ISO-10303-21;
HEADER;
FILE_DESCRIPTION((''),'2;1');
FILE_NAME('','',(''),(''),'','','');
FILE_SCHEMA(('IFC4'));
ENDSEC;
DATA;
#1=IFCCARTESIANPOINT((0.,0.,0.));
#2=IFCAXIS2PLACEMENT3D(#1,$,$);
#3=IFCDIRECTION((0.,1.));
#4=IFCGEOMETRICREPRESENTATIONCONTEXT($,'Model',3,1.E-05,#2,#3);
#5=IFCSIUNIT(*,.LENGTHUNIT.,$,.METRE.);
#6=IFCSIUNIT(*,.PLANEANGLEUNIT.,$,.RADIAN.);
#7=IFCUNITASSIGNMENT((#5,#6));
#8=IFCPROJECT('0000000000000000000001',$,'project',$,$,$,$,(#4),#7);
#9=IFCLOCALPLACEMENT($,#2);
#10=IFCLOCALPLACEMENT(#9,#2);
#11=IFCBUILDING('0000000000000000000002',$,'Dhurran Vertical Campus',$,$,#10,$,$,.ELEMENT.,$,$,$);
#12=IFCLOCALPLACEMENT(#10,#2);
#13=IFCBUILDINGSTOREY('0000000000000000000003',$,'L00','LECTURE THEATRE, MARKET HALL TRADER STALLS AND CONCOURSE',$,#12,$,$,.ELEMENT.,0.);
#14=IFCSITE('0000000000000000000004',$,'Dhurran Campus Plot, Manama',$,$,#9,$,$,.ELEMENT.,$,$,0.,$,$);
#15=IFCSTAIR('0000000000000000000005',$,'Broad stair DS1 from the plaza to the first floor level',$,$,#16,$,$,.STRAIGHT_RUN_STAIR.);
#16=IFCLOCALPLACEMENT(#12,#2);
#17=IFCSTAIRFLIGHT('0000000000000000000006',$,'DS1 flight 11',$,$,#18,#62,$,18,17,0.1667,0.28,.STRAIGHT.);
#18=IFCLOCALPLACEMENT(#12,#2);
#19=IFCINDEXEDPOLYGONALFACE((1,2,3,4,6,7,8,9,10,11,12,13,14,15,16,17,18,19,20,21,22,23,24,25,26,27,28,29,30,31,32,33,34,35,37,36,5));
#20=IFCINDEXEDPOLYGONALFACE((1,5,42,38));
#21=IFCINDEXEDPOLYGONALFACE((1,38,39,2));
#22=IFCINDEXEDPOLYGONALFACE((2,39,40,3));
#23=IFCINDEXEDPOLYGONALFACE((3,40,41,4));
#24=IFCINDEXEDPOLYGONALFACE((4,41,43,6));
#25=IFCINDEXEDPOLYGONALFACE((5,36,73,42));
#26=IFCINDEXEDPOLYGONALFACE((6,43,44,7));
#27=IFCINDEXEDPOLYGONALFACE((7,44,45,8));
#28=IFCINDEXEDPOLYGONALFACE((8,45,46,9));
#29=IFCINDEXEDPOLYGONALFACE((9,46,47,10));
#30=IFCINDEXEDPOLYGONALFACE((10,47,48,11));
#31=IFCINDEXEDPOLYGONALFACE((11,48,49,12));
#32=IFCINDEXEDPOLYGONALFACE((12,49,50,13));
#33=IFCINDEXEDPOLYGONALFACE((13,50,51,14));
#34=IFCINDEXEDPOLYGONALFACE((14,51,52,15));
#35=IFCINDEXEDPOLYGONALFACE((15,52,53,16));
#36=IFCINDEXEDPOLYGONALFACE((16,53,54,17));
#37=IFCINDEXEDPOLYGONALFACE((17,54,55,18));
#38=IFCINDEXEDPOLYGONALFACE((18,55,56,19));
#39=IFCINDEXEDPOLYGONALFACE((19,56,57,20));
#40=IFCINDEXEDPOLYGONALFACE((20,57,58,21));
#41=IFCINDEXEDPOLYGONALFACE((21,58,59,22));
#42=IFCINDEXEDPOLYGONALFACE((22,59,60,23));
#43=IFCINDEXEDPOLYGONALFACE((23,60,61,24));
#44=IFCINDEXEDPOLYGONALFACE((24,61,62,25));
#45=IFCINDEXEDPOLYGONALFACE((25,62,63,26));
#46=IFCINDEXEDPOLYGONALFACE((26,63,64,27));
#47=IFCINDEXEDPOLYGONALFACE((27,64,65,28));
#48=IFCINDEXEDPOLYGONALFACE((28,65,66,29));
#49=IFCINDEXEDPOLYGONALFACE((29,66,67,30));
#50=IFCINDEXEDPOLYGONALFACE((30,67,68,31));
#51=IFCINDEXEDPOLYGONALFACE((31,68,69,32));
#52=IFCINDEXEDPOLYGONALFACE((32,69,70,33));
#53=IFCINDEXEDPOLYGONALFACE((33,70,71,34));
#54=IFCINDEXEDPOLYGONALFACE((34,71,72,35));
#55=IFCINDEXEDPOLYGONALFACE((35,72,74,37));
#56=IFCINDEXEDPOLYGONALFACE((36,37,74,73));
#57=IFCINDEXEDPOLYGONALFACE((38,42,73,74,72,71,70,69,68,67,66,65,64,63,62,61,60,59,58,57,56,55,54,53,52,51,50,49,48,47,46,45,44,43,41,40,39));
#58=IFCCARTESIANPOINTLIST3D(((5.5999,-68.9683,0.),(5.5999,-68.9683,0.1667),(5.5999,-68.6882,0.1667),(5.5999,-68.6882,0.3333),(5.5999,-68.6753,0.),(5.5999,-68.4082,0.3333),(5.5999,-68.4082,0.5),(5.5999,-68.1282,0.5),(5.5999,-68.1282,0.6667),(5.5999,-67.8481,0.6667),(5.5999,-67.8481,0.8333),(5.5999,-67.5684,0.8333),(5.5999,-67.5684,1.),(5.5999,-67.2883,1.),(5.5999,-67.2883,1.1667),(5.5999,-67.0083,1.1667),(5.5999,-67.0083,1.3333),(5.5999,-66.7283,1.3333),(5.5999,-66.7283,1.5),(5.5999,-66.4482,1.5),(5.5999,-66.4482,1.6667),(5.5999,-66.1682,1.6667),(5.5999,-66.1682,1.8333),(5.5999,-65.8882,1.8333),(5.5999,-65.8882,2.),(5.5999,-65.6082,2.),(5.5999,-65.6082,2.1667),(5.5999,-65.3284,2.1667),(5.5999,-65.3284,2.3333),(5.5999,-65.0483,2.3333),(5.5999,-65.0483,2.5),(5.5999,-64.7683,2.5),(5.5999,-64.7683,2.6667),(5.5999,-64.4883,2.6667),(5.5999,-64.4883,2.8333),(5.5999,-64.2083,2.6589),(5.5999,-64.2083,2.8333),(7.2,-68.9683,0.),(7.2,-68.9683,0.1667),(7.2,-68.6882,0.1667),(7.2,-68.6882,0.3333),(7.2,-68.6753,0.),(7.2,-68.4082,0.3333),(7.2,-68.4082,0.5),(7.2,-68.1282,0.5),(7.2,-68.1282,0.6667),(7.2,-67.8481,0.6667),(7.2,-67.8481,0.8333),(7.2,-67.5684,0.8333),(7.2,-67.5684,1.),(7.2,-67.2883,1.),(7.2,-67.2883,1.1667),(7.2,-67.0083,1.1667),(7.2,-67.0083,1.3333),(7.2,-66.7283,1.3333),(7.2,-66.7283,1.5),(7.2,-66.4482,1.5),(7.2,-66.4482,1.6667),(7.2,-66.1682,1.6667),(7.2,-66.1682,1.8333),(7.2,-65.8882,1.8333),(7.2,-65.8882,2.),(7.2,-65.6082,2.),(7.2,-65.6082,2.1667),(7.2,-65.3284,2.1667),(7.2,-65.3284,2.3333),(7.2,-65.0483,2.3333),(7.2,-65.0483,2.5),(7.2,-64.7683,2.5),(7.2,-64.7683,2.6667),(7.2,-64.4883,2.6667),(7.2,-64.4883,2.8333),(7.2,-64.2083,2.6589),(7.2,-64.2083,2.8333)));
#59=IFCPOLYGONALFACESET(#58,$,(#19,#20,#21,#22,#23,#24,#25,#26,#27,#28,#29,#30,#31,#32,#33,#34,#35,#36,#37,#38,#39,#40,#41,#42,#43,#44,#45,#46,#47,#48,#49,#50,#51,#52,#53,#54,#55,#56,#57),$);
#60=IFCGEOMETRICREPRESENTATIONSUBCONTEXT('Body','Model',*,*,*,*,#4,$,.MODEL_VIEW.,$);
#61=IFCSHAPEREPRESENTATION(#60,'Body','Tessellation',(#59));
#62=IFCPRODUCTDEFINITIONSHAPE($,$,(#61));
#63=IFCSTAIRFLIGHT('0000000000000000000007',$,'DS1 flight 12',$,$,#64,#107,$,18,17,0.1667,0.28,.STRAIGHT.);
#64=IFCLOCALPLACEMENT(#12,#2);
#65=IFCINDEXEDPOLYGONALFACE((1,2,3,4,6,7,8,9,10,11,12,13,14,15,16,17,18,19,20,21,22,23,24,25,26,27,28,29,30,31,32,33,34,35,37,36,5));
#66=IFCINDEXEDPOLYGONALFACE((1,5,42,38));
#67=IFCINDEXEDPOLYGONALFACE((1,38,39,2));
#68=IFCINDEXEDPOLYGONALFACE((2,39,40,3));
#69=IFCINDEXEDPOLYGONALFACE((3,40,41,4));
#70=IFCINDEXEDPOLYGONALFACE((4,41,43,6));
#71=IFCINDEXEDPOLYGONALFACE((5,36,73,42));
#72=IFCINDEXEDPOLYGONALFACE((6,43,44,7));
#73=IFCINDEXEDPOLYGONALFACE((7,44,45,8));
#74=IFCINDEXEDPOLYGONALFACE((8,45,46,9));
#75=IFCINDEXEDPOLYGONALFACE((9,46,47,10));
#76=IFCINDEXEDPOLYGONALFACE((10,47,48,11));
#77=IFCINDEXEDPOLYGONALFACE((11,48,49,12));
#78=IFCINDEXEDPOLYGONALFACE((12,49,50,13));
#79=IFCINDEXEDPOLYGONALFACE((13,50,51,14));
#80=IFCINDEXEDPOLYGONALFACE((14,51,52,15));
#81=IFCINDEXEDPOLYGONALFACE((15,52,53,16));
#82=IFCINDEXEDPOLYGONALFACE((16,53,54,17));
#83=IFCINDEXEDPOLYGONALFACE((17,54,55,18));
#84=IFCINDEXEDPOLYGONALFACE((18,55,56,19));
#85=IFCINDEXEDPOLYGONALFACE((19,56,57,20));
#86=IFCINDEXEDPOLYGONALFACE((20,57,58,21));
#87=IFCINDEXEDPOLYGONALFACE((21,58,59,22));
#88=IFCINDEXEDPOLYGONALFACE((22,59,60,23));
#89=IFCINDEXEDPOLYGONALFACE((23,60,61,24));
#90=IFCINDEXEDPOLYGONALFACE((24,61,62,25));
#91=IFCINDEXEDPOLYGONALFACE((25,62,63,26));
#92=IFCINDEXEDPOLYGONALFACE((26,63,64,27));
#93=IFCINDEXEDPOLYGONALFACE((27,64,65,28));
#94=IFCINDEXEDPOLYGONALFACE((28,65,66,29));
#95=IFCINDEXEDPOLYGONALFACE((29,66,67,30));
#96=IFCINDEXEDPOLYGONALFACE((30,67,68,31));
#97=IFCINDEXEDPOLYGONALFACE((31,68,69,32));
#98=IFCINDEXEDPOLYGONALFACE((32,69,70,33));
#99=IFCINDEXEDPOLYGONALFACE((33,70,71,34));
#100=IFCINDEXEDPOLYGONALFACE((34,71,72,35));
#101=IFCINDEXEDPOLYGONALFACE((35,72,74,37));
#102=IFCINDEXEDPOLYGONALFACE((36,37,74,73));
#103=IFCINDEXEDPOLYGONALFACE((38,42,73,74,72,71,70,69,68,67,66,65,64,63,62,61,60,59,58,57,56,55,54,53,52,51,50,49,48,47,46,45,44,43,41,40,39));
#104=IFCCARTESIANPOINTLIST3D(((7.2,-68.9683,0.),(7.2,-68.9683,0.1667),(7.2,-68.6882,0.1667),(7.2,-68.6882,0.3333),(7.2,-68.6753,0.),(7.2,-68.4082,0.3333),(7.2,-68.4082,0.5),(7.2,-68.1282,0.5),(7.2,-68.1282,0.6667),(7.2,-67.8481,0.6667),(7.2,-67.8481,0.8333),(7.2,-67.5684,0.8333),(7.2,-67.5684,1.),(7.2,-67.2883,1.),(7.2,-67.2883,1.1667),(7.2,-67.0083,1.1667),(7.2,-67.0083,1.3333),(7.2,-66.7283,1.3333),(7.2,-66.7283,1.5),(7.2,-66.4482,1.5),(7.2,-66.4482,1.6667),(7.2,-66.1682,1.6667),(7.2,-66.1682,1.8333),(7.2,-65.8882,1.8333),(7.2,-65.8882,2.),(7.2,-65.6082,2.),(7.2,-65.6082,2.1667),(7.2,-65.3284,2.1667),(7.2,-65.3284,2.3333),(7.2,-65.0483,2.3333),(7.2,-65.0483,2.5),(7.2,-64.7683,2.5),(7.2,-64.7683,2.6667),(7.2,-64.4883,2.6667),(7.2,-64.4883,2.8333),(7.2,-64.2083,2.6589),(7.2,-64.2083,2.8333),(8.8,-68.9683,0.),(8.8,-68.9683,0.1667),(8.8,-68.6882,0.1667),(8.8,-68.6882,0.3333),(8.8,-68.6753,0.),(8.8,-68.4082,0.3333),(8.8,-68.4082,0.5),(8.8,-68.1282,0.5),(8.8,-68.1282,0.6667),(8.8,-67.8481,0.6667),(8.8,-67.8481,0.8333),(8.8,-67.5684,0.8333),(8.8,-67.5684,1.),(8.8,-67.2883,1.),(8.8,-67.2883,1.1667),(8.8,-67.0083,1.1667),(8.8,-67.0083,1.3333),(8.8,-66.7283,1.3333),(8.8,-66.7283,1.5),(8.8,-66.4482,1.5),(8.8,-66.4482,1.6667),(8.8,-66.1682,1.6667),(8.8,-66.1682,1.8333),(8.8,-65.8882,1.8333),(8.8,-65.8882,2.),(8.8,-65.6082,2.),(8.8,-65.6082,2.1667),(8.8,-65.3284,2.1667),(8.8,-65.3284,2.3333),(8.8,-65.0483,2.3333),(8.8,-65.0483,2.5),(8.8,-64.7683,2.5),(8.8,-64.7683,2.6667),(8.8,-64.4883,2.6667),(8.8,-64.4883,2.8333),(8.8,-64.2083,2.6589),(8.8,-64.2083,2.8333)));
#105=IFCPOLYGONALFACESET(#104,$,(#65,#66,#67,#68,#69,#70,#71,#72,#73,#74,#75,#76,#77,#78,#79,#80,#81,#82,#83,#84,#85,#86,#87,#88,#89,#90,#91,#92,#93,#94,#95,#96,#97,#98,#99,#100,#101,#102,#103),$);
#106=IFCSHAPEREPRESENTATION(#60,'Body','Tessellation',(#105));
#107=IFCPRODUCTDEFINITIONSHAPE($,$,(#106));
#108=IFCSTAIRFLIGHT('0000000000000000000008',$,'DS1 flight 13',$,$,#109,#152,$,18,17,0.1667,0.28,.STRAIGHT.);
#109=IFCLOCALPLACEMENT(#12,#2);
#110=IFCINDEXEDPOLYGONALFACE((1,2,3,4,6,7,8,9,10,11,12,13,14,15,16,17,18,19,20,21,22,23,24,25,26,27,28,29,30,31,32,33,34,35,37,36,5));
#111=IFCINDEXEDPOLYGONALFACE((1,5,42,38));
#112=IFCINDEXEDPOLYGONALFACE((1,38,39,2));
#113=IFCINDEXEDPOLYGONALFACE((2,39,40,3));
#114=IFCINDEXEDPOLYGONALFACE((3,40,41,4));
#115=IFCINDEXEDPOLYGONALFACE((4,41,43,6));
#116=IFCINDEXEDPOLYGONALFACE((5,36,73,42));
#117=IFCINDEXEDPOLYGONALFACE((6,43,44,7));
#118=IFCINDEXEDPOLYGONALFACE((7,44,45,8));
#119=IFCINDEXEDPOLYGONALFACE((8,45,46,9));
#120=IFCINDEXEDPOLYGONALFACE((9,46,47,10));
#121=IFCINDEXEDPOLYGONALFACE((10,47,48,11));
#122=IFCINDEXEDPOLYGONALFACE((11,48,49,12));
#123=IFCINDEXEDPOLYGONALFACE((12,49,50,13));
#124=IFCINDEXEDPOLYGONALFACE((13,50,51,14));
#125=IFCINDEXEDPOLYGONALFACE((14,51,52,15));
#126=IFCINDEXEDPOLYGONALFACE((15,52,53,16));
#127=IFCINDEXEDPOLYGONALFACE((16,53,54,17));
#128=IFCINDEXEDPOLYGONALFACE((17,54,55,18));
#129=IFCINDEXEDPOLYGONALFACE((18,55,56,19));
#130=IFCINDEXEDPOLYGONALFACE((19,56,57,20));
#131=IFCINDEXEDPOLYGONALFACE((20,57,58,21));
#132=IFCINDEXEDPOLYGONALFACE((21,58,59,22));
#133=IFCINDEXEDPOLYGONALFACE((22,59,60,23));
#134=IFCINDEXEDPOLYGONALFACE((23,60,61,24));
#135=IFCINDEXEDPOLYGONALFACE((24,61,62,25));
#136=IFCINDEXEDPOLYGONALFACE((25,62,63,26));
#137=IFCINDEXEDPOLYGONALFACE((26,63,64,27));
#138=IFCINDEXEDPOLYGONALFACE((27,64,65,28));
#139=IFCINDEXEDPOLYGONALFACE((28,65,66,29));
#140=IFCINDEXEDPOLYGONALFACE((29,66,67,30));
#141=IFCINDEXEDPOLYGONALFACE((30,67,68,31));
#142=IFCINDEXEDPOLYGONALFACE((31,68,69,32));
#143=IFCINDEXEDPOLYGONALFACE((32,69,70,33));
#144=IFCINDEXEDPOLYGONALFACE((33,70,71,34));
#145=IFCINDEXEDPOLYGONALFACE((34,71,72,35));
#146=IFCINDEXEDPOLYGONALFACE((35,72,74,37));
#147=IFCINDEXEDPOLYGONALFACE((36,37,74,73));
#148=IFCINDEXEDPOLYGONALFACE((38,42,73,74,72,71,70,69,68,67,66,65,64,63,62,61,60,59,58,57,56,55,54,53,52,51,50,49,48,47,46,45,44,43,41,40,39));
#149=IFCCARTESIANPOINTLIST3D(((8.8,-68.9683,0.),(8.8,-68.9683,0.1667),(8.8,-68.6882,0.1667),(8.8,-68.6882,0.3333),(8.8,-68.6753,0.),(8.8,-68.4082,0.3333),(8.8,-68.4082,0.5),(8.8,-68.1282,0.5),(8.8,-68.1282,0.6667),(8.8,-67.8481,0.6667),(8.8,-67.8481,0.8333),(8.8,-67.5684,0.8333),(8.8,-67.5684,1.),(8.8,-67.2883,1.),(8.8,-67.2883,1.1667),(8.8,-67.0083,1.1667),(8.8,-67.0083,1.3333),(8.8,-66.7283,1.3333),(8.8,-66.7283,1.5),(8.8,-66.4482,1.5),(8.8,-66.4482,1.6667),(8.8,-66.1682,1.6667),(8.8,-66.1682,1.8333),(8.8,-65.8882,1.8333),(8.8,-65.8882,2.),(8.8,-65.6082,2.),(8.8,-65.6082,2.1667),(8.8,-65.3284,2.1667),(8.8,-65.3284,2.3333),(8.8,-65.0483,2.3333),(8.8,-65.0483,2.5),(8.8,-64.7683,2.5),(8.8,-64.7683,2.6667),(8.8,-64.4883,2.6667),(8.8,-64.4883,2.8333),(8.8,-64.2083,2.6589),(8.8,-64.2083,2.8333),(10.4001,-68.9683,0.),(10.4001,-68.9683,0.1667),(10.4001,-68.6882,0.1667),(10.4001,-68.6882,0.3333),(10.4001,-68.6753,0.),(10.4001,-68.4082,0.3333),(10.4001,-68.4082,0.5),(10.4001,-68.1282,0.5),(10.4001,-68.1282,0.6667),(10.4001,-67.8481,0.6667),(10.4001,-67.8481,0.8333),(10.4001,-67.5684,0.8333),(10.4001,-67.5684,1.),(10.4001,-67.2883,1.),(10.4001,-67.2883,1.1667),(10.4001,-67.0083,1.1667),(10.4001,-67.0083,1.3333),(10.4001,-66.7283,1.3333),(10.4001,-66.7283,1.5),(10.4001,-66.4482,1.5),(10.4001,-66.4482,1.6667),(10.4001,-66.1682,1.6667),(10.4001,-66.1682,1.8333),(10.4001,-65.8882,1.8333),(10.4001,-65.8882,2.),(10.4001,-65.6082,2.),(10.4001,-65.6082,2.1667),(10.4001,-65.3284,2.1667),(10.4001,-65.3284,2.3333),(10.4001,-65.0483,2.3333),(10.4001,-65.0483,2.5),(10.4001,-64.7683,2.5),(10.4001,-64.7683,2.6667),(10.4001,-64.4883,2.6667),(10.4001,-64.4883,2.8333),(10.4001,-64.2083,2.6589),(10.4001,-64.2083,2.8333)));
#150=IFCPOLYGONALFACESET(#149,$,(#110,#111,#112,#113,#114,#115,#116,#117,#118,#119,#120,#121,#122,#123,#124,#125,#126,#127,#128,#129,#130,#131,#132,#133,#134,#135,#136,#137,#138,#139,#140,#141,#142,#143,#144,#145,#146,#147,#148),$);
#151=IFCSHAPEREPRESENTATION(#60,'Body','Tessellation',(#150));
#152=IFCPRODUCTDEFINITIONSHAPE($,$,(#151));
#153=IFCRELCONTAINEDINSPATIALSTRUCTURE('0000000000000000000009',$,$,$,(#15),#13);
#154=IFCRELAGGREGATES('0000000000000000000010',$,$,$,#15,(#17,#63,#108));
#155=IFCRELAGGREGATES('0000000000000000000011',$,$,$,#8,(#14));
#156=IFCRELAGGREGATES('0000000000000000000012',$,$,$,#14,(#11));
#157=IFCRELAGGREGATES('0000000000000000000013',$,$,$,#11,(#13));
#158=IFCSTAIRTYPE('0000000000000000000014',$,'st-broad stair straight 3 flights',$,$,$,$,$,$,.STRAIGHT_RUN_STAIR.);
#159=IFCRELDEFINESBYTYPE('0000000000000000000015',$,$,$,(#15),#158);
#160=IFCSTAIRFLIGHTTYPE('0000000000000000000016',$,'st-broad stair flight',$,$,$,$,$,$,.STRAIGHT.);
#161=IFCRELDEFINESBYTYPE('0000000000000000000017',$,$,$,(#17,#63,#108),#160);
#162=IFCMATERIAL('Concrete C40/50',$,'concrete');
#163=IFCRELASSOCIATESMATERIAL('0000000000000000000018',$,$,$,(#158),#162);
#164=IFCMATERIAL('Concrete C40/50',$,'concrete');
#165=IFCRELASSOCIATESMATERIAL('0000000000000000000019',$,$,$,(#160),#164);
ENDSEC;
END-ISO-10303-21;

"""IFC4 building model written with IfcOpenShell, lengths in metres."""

from ifc_helpers import new_model, si_unit, direction, frame, origin, place, context, subcontext, project, spatial, polyline, outline, extrude, material, type_object, element, aggregate, save


model = new_model("IFC4")

# Units and contexts
model_context = context("Model", 3, precision=1e-05, world=origin(), true_north=direction((0.0, 1.0)))
body_context = subcontext(model_context, "Body", "Model", "MODEL_VIEW")
ifc_project = project(units=[si_unit("LENGTHUNIT", "METRE"), si_unit("PLANEANGLEUNIT", "RADIAN")], contexts=[model_context])

# Site, building, storey
site_placement = place(None, origin())
site = spatial("IfcSite", under=ifc_project, at=site_placement, Name="Dhurran Campus Plot, Manama", CompositionType="ELEMENT", RefElevation=0.0)
building_placement = place(site_placement, origin())
building = spatial("IfcBuilding", under=site, at=building_placement, Name="Dhurran Vertical Campus", CompositionType="ELEMENT")
storey_placement = place(building_placement, origin())
storey = spatial("IfcBuildingStorey", under=building, at=storey_placement, Name="L00", Description="LECTURE THEATRE, MARKET HALL TRADER STALLS AND CONCOURSE", CompositionType="ELEMENT", Elevation=0.0)

# Stair, stair flights
ifc_material_1 = material(Name="Concrete C40/50", Category="concrete")
stair_type = type_object("IfcStairType", Name="st-broad stair straight 3 flights", PredefinedType="STRAIGHT_RUN_STAIR", material=ifc_material_1)
stair_placement = place(storey_placement, origin())
stair = element("IfcStair", 1, at=stair_placement, inside=storey, type_object=stair_type, Name="Broad stair DS1 from the plaza to the first floor level", PredefinedType="STRAIGHT_RUN_STAIR")
ifc_material_2 = material(Name="Concrete C40/50", Category="concrete")
stair_flight_type = type_object("IfcStairFlightType", Name="st-broad stair flight", PredefinedType="STRAIGHT", material=ifc_material_2)
stair_flight_1_placement = place(storey_placement, frame((6.3999, -68.9683, 0.0), z_axis=(0.0, 0.0, 1.0), x_axis=(0.0, 1.0, 0.0)))
stair_flight_1 = element("IfcStairFlight", 2, at=stair_flight_1_placement, type_object=stair_flight_type, Name="DS1 flight 11", NumberOfRisers=18, NumberOfTreads=17, PredefinedType="STRAIGHT", RiserHeight=0.1667, TreadLength=0.28, context=body_context, shape_type="SweptSolid", body=[
    extrude(outline(polyline([(0.0, 0.0), (0.0, 0.1667), (0.28, 0.1667), (0.28, 0.3333), (0.5601, 0.3333), (0.5601, 0.5), (0.8401, 0.5), (0.8401, 0.6667), (1.1201, 0.6667), (1.1201, 0.8333), (1.3999, 0.8333), (1.3999, 1.0), (1.6799, 1.0), (1.6799, 1.1667), (1.96, 1.1667), (1.96, 1.3333), (2.24, 1.3333), (2.24, 1.5), (2.52, 1.5), (2.52, 1.6667), (2.8, 1.6667), (2.8, 1.8333), (3.0801, 1.8333), (3.0801, 2.0), (3.3601, 2.0), (3.3601, 2.1667), (3.6399, 2.1667), (3.6399, 2.3333), (3.9199, 2.3333), (3.9199, 2.5), (4.2, 2.5), (4.2, 2.6667), (4.48, 2.6667), (4.48, 2.8333), (4.76, 2.8333), (4.76, 3.0), (4.76, 2.6589), (0.293, 0.0), (0.0, 0.0)])), frame((0.0, 0.8, 0.0), z_axis=(0.0, -1.0, 0.0), x_axis=(1.0, 0.0, 0.0)), (0.0, 0.0, 1.0), 1.6001),
])
stair_flight_2_placement = place(storey_placement, frame((8.0, -68.9683, 0.0), z_axis=(0.0, 0.0, 1.0), x_axis=(0.0, 1.0, 0.0)))
stair_flight_2 = element("IfcStairFlight", 3, at=stair_flight_2_placement, type_object=stair_flight_type, Name="DS1 flight 12", NumberOfRisers=18, NumberOfTreads=17, PredefinedType="STRAIGHT", RiserHeight=0.1667, TreadLength=0.28, context=body_context, shape_type="SweptSolid", body=[
    extrude(outline(polyline([(0.0, 0.0), (0.0, 0.1667), (0.28, 0.1667), (0.28, 0.3333), (0.5601, 0.3333), (0.5601, 0.5), (0.8401, 0.5), (0.8401, 0.6667), (1.1201, 0.6667), (1.1201, 0.8333), (1.3999, 0.8333), (1.3999, 1.0), (1.6799, 1.0), (1.6799, 1.1667), (1.96, 1.1667), (1.96, 1.3333), (2.24, 1.3333), (2.24, 1.5), (2.52, 1.5), (2.52, 1.6667), (2.8, 1.6667), (2.8, 1.8333), (3.0801, 1.8333), (3.0801, 2.0), (3.3601, 2.0), (3.3601, 2.1667), (3.6399, 2.1667), (3.6399, 2.3333), (3.9199, 2.3333), (3.9199, 2.5), (4.2, 2.5), (4.2, 2.6667), (4.48, 2.6667), (4.48, 2.8333), (4.76, 2.8333), (4.76, 3.0), (4.76, 2.6589), (0.293, 0.0), (0.0, 0.0)])), frame((0.0, 0.8, 0.0), z_axis=(0.0, -1.0, 0.0), x_axis=(1.0, 0.0, 0.0)), (0.0, 0.0, 1.0), 1.6001),
])
stair_flight_3_placement = place(storey_placement, frame((9.6001, -68.9683, 0.0), z_axis=(0.0, 0.0, 1.0), x_axis=(0.0, 1.0, 0.0)))
stair_flight_3 = element("IfcStairFlight", 4, at=stair_flight_3_placement, type_object=stair_flight_type, Name="DS1 flight 13", NumberOfRisers=18, NumberOfTreads=17, PredefinedType="STRAIGHT", RiserHeight=0.1667, TreadLength=0.28, context=body_context, shape_type="SweptSolid", body=[
    extrude(outline(polyline([(0.0, 0.0), (0.0, 0.1667), (0.28, 0.1667), (0.28, 0.3333), (0.5601, 0.3333), (0.5601, 0.5), (0.8401, 0.5), (0.8401, 0.6667), (1.1201, 0.6667), (1.1201, 0.8333), (1.3999, 0.8333), (1.3999, 1.0), (1.6799, 1.0), (1.6799, 1.1667), (1.96, 1.1667), (1.96, 1.3333), (2.24, 1.3333), (2.24, 1.5), (2.52, 1.5), (2.52, 1.6667), (2.8, 1.6667), (2.8, 1.8333), (3.0801, 1.8333), (3.0801, 2.0), (3.3601, 2.0), (3.3601, 2.1667), (3.6399, 2.1667), (3.6399, 2.3333), (3.9199, 2.3333), (3.9199, 2.5), (4.2, 2.5), (4.2, 2.6667), (4.48, 2.6667), (4.48, 2.8333), (4.76, 2.8333), (4.76, 3.0), (4.76, 2.6589), (0.293, 0.0), (0.0, 0.0)])), frame((0.0, 0.8, 0.0), z_axis=(0.0, -1.0, 0.0), x_axis=(1.0, 0.0, 0.0)), (0.0, 0.0, 1.0), 1.6001),
])
aggregate(stair, [stair_flight_1, stair_flight_2, stair_flight_3])

save(model, "model.ifc")
